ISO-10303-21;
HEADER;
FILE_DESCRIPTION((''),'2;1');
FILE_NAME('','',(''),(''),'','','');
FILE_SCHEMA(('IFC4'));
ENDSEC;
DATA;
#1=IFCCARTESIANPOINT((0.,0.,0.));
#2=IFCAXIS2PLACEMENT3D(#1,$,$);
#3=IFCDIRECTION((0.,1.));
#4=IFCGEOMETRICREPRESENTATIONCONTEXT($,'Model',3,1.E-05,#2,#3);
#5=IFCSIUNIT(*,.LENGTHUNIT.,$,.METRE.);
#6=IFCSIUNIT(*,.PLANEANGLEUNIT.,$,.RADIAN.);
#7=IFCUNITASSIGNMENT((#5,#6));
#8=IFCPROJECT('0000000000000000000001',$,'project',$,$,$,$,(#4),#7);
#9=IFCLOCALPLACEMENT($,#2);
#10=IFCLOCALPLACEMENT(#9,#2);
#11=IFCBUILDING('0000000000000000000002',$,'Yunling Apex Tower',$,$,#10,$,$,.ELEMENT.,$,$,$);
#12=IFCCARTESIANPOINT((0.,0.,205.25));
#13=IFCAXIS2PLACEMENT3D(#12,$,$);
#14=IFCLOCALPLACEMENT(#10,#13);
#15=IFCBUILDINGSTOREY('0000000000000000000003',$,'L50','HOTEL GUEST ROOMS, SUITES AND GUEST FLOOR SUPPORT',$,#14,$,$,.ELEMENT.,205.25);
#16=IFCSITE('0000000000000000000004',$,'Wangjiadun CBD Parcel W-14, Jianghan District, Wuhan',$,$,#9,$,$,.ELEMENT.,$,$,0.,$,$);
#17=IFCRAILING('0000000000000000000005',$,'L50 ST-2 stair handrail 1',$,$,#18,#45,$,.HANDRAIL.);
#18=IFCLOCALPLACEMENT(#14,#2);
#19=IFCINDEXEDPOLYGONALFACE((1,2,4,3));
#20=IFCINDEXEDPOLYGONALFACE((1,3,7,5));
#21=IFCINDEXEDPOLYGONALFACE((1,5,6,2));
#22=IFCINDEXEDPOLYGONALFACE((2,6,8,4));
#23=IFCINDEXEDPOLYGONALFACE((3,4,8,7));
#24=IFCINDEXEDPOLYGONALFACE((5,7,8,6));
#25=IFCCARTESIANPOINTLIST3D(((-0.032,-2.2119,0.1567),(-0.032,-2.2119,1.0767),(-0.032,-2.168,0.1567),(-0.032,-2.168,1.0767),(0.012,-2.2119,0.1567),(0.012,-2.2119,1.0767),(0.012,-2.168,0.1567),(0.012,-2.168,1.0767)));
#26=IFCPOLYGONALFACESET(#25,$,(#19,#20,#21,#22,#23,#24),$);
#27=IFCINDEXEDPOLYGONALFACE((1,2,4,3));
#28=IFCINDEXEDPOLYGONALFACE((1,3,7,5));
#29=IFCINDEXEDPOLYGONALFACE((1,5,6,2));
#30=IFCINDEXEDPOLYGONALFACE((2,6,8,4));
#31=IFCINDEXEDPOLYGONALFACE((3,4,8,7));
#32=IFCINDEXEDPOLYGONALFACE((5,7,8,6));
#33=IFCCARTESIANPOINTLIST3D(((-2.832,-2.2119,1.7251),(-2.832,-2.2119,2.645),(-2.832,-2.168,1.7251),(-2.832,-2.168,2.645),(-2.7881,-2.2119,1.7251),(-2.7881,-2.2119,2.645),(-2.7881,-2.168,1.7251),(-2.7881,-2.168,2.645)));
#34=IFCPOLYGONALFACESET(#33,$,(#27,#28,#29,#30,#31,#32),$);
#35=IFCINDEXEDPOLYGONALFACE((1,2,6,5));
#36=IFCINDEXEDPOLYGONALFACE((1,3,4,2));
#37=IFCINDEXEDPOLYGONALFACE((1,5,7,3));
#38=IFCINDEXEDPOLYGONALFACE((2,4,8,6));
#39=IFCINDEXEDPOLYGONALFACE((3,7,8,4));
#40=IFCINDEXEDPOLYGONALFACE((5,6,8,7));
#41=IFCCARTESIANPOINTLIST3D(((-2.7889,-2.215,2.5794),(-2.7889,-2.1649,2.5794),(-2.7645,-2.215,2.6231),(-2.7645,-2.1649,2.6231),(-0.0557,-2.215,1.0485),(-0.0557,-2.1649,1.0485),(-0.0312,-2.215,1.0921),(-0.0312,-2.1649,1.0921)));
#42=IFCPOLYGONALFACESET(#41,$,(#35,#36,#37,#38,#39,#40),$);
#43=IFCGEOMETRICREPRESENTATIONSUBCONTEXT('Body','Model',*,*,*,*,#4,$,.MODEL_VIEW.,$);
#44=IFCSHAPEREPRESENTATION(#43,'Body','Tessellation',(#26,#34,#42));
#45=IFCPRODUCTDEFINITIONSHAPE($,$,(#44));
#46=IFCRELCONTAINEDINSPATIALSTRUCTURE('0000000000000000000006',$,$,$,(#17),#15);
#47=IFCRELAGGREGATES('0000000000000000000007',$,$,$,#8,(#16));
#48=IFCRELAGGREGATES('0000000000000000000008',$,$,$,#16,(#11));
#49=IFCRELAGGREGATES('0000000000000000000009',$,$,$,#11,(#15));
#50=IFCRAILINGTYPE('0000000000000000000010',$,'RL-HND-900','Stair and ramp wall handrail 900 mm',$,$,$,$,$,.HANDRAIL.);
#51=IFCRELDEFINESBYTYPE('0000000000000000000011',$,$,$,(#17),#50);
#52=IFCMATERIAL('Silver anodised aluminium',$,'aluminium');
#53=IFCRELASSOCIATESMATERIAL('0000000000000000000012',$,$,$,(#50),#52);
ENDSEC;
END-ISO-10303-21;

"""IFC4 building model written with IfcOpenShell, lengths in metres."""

from ifc_helpers import new_model, si_unit, direction, frame, origin, origin_2d, place, context, subcontext, project, spatial, rectangle, extrude, material, type_object, element, save


model = new_model("IFC4")

# Units and contexts
model_context = context("Model", 3, precision=1e-05, world=origin(), true_north=direction((0.0, 1.0)))
body_context = subcontext(model_context, "Body", "Model", "MODEL_VIEW")
ifc_project = project(units=[si_unit("LENGTHUNIT", "METRE"), si_unit("PLANEANGLEUNIT", "RADIAN")], contexts=[model_context])

# Site, building, storey
site_placement = place(None, origin())
site = spatial("IfcSite", under=ifc_project, at=site_placement, Name="Wangjiadun CBD Parcel W-14, Jianghan District, Wuhan", CompositionType="ELEMENT", RefElevation=0.0)
building_placement = place(site_placement, origin())
building = spatial("IfcBuilding", under=site, at=building_placement, Name="Yunling Apex Tower", CompositionType="ELEMENT")
storey_placement = place(building_placement, frame((0.0, 0.0, 205.25)))
storey = spatial("IfcBuildingStorey", under=building, at=storey_placement, Name="L50", Description="HOTEL GUEST ROOMS, SUITES AND GUEST FLOOR SUPPORT", CompositionType="ELEMENT", Elevation=205.25)

# Railing
ifc_material_1 = material(Name="Silver anodised aluminium", Category="aluminium")
railing_type_1 = type_object("IfcRailingType", Name="RL-HND-900", Description="Stair and ramp wall handrail 900 mm", PredefinedType="HANDRAIL", material=ifc_material_1)
railing_1_placement = place(storey_placement, frame((-0.01, -2.1899, 0.1567)))
element("IfcRailing", 1, at=railing_1_placement, inside=storey, type_object=railing_type_1, Name="L50 ST-2 stair handrail 1", PredefinedType="HANDRAIL", context=body_context, shape_type="SweptSolid", body=[
    extrude(rectangle(XDim=0.0439, YDim=0.0439, at=origin_2d()), origin(), (0.0, 0.0, 1.0), 0.9199),
    extrude(rectangle(XDim=0.0439, YDim=0.0439, at=origin_2d()), frame((-2.8, 0.0, 1.5684)), (0.0, 0.0, 1.0), 0.9199),
    extrude(rectangle(XDim=0.05, YDim=0.05, at=origin_2d()), frame((-0.0334, 0.0, 0.9136), z_axis=(-0.872462, 0.0, 0.488682), x_axis=(0.0, -1.0, 0.0)), (0.0, 0.0, 1.0), 3.1328),
])

save(model, "model.ifc")
